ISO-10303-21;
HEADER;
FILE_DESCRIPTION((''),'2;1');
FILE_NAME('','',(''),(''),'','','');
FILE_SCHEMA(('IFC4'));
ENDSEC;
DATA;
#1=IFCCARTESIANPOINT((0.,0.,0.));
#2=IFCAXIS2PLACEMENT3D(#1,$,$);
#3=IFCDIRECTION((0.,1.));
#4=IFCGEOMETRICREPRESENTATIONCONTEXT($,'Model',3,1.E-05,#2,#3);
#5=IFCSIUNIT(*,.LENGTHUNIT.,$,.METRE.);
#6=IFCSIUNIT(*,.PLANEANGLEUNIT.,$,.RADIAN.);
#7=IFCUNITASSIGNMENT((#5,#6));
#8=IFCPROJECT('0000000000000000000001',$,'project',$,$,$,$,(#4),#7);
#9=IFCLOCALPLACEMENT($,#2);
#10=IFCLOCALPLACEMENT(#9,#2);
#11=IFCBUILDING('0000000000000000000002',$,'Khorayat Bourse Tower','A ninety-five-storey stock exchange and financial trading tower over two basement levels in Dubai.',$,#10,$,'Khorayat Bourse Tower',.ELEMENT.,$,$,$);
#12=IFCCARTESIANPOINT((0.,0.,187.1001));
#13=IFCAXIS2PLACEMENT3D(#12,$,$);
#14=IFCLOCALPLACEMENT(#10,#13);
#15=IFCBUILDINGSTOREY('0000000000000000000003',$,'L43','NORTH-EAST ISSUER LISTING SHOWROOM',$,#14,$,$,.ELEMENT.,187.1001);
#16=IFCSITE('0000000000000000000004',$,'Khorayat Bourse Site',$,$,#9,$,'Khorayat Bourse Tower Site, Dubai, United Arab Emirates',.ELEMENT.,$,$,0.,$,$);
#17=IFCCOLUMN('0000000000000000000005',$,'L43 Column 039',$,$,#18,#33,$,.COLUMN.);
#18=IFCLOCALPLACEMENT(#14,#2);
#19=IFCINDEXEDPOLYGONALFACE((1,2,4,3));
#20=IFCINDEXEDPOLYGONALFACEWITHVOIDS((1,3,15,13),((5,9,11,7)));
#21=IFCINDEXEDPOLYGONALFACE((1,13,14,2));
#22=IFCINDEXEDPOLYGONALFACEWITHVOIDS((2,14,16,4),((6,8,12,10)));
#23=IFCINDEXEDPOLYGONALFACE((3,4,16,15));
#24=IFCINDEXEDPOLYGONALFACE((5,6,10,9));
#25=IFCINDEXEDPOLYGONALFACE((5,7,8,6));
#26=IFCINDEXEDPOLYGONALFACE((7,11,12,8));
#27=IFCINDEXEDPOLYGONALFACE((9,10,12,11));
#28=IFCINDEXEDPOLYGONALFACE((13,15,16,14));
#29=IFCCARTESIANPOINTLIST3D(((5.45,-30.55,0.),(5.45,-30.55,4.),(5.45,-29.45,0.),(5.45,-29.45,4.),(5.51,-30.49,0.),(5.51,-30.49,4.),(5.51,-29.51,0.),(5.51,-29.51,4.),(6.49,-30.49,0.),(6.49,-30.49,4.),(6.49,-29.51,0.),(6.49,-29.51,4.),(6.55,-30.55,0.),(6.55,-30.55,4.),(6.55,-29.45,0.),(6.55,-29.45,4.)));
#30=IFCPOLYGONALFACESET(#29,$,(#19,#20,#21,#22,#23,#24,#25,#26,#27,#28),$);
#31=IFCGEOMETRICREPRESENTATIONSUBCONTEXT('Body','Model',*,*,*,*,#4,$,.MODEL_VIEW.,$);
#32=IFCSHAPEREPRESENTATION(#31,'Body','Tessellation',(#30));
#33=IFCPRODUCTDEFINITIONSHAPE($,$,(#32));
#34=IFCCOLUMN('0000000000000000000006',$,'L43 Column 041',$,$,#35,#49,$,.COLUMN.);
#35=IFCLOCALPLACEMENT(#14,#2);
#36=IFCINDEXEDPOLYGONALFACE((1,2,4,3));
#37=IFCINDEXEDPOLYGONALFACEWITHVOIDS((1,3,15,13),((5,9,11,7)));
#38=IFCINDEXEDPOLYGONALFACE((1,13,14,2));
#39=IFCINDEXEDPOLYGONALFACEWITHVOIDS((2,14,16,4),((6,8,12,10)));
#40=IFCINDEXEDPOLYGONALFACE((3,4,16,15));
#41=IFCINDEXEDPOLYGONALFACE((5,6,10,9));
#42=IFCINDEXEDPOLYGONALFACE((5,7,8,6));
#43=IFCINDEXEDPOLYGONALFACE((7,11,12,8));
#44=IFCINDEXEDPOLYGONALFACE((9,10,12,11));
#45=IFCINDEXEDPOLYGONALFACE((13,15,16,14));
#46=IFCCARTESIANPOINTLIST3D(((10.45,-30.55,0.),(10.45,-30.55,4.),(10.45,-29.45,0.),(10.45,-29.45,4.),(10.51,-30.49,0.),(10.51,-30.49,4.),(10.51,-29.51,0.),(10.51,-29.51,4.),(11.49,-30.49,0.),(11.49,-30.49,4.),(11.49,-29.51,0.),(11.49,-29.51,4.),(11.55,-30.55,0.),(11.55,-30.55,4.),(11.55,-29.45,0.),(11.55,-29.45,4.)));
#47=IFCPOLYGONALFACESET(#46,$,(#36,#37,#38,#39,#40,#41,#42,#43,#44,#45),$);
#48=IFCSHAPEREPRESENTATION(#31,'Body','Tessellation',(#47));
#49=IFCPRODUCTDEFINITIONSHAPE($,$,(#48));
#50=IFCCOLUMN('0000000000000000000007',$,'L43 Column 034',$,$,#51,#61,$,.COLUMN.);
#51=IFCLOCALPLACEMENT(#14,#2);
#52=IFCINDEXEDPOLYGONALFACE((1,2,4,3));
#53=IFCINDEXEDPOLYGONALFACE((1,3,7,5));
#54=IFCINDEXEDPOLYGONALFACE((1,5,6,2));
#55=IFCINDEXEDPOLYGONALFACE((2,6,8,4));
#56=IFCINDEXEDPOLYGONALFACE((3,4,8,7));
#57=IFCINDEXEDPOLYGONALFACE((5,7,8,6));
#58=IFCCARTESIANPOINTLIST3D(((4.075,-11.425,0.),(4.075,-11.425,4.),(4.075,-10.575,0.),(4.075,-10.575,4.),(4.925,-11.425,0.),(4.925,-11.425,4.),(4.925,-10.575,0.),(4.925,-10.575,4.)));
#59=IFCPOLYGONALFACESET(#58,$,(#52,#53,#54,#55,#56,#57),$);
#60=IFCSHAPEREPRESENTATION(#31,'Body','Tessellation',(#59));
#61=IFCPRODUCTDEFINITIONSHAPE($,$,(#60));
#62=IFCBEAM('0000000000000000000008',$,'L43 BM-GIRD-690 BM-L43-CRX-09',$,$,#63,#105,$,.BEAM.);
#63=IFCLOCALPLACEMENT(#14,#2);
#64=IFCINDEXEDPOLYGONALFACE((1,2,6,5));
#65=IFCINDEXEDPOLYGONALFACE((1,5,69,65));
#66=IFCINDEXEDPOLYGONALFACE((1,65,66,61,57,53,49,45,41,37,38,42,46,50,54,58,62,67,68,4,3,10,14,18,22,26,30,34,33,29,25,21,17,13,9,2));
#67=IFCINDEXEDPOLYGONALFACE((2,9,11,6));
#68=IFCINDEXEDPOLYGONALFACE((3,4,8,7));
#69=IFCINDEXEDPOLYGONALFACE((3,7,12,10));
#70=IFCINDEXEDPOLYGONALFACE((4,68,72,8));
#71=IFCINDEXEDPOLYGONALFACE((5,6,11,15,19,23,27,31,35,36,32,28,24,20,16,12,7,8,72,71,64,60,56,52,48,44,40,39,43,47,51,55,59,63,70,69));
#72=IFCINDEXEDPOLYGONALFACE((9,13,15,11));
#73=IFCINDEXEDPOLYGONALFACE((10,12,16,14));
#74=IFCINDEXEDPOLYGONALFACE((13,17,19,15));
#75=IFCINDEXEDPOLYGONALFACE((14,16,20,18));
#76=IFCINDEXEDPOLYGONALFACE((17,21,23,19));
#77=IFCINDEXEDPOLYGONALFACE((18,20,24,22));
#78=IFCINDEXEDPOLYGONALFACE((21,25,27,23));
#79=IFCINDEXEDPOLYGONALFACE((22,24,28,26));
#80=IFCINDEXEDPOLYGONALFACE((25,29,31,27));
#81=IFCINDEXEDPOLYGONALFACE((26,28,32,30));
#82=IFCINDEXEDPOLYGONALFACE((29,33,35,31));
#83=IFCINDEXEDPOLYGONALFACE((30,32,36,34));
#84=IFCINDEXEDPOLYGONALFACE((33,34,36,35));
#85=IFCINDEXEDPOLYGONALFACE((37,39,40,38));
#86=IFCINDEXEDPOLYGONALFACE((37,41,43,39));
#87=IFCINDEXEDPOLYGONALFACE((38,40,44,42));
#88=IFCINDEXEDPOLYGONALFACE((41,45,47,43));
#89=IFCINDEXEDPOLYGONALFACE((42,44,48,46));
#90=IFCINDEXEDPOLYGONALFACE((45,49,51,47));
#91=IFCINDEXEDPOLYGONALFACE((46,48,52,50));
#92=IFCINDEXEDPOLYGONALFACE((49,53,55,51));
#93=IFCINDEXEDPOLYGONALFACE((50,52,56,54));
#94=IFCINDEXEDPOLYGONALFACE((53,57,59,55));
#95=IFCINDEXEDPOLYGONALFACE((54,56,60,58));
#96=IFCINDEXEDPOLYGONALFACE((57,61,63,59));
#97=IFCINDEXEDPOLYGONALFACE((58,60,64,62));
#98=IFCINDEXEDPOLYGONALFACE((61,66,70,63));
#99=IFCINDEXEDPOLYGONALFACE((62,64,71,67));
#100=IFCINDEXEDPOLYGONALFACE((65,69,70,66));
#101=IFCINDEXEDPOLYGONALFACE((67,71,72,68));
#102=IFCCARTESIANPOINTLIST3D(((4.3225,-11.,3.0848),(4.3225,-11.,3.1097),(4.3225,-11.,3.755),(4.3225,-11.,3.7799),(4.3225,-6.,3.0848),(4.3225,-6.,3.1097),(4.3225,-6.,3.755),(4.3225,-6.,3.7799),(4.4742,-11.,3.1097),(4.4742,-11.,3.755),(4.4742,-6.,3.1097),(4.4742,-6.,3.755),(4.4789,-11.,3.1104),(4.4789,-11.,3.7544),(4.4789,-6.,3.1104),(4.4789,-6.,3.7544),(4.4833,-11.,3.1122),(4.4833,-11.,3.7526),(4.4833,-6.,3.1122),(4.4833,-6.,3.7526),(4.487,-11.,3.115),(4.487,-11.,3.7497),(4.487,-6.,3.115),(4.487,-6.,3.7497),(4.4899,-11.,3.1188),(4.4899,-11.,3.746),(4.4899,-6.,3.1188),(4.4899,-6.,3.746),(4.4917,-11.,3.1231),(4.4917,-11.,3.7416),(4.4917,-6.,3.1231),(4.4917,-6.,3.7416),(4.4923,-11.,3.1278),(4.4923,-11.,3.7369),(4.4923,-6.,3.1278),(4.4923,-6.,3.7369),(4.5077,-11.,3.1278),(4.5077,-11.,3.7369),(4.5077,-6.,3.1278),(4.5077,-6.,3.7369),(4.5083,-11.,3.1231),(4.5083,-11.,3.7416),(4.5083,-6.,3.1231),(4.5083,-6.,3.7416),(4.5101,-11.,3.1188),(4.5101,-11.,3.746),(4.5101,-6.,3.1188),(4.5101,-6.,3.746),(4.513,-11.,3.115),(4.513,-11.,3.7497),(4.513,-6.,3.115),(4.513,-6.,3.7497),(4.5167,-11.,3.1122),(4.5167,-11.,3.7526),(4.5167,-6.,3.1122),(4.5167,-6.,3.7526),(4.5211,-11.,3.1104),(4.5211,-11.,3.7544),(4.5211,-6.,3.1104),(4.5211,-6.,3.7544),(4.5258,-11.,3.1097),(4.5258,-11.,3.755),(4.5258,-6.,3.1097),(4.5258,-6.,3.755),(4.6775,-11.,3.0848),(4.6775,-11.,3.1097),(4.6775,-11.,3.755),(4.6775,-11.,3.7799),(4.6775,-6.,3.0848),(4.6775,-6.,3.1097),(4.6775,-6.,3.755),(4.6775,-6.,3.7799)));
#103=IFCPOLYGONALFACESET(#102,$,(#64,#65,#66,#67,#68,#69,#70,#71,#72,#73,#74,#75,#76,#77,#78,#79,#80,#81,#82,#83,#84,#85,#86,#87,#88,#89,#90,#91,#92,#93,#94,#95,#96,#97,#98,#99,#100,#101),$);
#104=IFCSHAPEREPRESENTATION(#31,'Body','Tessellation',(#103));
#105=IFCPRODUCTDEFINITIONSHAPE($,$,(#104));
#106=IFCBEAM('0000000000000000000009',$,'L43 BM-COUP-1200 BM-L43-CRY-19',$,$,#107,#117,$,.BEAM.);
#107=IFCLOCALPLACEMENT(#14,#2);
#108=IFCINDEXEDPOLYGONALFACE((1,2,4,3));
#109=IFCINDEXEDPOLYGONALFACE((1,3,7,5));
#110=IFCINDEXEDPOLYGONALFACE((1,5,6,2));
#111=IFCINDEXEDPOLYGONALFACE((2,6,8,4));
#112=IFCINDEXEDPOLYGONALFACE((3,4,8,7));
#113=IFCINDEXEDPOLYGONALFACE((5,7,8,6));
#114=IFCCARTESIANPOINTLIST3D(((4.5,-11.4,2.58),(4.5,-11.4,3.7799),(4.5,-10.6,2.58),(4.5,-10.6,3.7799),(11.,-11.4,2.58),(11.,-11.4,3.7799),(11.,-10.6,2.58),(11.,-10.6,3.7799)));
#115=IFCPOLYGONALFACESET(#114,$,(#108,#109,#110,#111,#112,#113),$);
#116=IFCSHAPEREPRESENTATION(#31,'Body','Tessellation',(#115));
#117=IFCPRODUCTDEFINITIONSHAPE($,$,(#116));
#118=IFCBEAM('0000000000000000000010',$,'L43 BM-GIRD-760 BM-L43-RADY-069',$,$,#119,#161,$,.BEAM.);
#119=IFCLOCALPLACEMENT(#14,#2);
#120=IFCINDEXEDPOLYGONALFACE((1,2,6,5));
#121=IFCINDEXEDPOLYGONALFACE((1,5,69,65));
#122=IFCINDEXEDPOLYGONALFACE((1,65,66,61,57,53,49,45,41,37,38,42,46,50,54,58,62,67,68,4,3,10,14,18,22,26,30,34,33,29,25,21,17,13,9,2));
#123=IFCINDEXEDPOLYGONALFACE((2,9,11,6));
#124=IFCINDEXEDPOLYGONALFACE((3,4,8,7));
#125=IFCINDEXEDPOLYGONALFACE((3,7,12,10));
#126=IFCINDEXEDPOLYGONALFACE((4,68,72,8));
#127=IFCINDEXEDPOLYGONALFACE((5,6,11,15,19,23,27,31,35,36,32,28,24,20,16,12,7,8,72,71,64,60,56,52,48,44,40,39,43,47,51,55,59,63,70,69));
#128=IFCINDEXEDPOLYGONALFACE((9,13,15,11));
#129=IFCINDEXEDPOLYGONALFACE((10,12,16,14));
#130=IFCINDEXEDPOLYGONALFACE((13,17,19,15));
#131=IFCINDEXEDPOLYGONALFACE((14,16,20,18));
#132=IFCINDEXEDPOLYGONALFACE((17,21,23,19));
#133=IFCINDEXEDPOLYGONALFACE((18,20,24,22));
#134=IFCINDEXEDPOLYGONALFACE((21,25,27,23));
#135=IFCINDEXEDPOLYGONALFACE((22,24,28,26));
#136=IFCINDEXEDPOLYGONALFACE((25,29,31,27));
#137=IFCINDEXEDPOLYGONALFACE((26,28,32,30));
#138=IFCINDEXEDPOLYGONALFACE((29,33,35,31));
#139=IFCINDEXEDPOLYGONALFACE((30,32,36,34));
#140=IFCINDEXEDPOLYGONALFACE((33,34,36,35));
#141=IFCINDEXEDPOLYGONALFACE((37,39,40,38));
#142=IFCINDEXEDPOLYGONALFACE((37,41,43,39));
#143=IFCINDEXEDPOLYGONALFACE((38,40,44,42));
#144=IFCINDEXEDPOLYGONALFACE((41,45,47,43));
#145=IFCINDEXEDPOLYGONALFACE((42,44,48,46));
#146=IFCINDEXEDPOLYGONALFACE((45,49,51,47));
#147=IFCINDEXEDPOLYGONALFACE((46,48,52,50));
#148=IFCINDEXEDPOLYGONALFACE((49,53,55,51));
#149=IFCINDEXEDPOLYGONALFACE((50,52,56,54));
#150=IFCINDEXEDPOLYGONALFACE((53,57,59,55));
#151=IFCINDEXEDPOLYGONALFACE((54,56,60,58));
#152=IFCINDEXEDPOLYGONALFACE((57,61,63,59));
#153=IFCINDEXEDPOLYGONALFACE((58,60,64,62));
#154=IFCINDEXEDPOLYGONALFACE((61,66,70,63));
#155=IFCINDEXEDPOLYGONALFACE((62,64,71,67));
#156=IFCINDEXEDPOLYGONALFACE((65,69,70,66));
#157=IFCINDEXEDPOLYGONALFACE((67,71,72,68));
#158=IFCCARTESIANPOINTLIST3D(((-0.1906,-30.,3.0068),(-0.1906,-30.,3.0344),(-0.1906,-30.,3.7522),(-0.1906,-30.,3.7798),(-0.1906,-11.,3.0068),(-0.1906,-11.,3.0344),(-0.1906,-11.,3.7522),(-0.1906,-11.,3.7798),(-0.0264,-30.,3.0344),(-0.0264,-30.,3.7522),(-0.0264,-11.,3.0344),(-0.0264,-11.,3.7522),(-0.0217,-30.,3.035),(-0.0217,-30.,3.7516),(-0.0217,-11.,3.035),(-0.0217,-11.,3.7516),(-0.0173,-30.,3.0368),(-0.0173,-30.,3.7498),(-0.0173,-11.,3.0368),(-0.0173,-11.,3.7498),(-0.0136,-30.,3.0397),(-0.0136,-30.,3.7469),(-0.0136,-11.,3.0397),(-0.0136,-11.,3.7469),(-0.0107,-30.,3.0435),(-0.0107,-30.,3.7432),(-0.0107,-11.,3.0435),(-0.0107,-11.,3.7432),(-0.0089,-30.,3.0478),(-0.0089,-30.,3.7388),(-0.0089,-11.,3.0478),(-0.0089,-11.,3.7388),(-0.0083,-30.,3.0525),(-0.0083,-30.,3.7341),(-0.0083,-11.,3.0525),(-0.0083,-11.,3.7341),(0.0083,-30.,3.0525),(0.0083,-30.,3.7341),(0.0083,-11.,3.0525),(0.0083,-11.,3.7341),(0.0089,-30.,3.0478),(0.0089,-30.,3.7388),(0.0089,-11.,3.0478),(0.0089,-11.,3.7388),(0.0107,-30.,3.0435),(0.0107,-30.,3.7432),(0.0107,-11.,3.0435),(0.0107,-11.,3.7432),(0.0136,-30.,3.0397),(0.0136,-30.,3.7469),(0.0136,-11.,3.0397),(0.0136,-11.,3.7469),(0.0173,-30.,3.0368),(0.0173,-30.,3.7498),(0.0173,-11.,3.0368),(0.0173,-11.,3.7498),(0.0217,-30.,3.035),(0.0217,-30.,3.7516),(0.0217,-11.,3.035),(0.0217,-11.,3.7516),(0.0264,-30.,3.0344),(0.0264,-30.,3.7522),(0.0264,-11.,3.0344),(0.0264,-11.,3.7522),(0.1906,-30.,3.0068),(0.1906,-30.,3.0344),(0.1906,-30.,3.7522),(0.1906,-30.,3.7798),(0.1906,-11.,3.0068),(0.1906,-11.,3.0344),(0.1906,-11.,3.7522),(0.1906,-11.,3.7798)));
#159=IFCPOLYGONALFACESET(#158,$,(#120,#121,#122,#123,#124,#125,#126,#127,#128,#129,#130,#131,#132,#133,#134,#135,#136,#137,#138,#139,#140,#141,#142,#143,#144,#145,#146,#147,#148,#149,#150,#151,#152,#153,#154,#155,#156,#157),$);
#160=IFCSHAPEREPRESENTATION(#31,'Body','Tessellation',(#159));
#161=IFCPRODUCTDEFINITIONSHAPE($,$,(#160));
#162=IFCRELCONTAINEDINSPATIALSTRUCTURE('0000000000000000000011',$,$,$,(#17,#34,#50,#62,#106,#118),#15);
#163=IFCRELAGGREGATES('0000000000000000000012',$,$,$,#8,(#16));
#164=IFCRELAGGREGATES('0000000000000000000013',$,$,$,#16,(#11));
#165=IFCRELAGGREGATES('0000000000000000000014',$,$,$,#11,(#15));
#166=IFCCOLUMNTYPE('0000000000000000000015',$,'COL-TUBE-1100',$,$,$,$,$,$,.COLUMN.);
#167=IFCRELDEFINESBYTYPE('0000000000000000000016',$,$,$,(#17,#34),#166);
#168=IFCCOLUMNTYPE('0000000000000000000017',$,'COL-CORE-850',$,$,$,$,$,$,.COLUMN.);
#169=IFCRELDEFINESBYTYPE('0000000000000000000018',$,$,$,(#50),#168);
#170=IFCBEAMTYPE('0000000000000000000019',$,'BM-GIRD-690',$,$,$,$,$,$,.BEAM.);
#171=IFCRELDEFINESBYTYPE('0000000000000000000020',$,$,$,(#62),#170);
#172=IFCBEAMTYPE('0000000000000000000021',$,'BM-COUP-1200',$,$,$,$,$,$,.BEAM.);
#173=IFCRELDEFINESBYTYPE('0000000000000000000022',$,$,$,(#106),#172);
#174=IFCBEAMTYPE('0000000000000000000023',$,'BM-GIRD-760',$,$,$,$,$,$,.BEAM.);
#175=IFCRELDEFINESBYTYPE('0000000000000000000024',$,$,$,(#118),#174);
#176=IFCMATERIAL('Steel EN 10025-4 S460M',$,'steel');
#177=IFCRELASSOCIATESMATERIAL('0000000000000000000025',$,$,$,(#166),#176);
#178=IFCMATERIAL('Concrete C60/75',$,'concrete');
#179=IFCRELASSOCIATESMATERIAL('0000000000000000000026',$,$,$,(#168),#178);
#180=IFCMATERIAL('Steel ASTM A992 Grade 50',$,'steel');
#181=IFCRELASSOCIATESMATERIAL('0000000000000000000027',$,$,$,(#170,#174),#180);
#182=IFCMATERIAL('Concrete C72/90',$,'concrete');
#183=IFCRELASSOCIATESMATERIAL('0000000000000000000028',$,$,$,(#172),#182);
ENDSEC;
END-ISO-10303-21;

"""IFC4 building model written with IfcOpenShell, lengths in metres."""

from ifc_helpers import new_model, si_unit, direction, frame, origin, origin_2d, place, context, subcontext, project, spatial, rectangle, hollow_rectangle, i_section, extrude, source, transform, mapped, material, material_profile, profile_set, type_object, element, save


model = new_model("IFC4")

# Units and contexts
model_context = context("Model", 3, precision=1e-05, world=origin(), true_north=direction((0.0, 1.0)))
body_context = subcontext(model_context, "Body", "Model", "MODEL_VIEW")
ifc_project = project(units=[si_unit("LENGTHUNIT", "METRE"), si_unit("PLANEANGLEUNIT", "RADIAN")], contexts=[model_context])

# Site, building, storey
site_placement = place(None, origin())
site = spatial("IfcSite", under=ifc_project, at=site_placement, Name="Khorayat Bourse Site", LongName="Khorayat Bourse Tower Site, Dubai, United Arab Emirates", CompositionType="ELEMENT", RefElevation=0.0)
building_placement = place(site_placement, origin())
building = spatial("IfcBuilding", under=site, at=building_placement, Name="Khorayat Bourse Tower", Description="A ninety-five-storey stock exchange and financial trading tower over two basement levels in Dubai.", LongName="Khorayat Bourse Tower", CompositionType="ELEMENT")
storey_placement = place(building_placement, frame((0.0, 0.0, 187.1001)))
storey = spatial("IfcBuildingStorey", under=building, at=storey_placement, Name="L43", Description="NORTH-EAST ISSUER LISTING SHOWROOM", CompositionType="ELEMENT", Elevation=187.1001)

# Columns
ifc_material_1 = material(Name="Steel EN 10025-4 S460M", Category="steel")
ifc_material_profile_1 = material_profile(ifc_material_1, hollow_rectangle(XDim=1.1001, YDim=1.1001, WallThickness=0.0601, at=origin_2d()), Name="BOX 1100x1100x60")
ifc_profile_set_1 = profile_set([ifc_material_profile_1], Name="Steel EN 10025-4 S460M")
column_type_1 = type_object("IfcColumnType", Name="COL-TUBE-1100", PredefinedType="COLUMN", material=ifc_profile_set_1)
shared_shape_1 = source(origin(), body_context, "Body", "SweptSolid", [
    extrude(hollow_rectangle(XDim=1.1001, YDim=1.1001, WallThickness=0.0601, at=origin_2d()), origin(), (0.0, 0.0, 1.0), 4.0),
])
for number, where, z_axis, x_axis, name in (
    (1, (6.0, -30.0, 0.0), (0.0, 0.0, 1.0), (1.0, 0.0, 0.0), "L43 Column 039"),
    (2, (11.0, -30.0, 0.0), (0.0, 0.0, 1.0), (1.0, 0.0, 0.0), "L43 Column 041"),
):
    element("IfcColumn", number, at=place(storey_placement, frame(where, z_axis=z_axis, x_axis=x_axis)), inside=storey, type_object=column_type_1, Name=name, PredefinedType="COLUMN", context=body_context, shape_type="MappedRepresentation", body=[
        mapped(shared_shape_1, transform((0.0, 0.0, 0.0), scale=1.0)),
    ])
ifc_material_2 = material(Name="Concrete C60/75", Category="concrete")
ifc_material_profile_2 = material_profile(ifc_material_2, rectangle(XDim=0.8501, YDim=0.8501, at=origin_2d()), Name="RC 850x850")
ifc_profile_set_2 = profile_set([ifc_material_profile_2], Name="Concrete C60/75")
column_type_2 = type_object("IfcColumnType", Name="COL-CORE-850", PredefinedType="COLUMN", material=ifc_profile_set_2)
shared_shape_2 = source(origin(), body_context, "Body", "SweptSolid", [
    extrude(rectangle(XDim=0.8501, YDim=0.8501, at=origin_2d()), origin(), (0.0, 0.0, 1.0), 4.0),
])
column_placement = place(storey_placement, frame((4.5, -11.0, 0.0), z_axis=(0.0, 0.0, 1.0), x_axis=(1.0, 0.0, 0.0)))
element("IfcColumn", 3, at=column_placement, inside=storey, type_object=column_type_2, Name="L43 Column 034", PredefinedType="COLUMN", context=body_context, shape_type="MappedRepresentation", body=[
    mapped(shared_shape_2, transform((0.0, 0.0, 0.0), scale=1.0)),
])

# Beams
ifc_material_3 = material(Name="Steel ASTM A992 Grade 50", Category="steel")
ifc_material_profile_3 = material_profile(ifc_material_3, i_section(OverallWidth=0.355, OverallDepth=0.6951, WebThickness=0.0154, FlangeThickness=0.0249, FilletRadius=0.0181, at=origin_2d()), Name="W690X217")
ifc_profile_set_3 = profile_set([ifc_material_profile_3], Name="Steel ASTM A992 Grade 50")
beam_type_1 = type_object("IfcBeamType", Name="BM-GIRD-690", PredefinedType="BEAM", material=ifc_profile_set_3)
shared_shape_3 = source(origin(), body_context, "Body", "SweptSolid", [
    extrude(i_section(OverallWidth=0.355, OverallDepth=0.6951, WebThickness=0.0154, FlangeThickness=0.0249, FilletRadius=0.0181, at=origin_2d()), origin(), (0.0, 0.0, 1.0), 5.0),
])
beam_1_placement = place(storey_placement, frame((4.5, -11.0, 3.4324), z_axis=(0.0, 1.0, 0.0), x_axis=(-1.0, 0.0, 0.0)))
element("IfcBeam", 4, at=beam_1_placement, inside=storey, type_object=beam_type_1, Name="L43 BM-GIRD-690 BM-L43-CRX-09", PredefinedType="BEAM", context=body_context, shape_type="MappedRepresentation", body=[
    mapped(shared_shape_3, transform((0.0, 0.0, 0.0), scale=1.0)),
])
ifc_material_4 = material(Name="Concrete C72/90", Category="concrete")
ifc_material_profile_4 = material_profile(ifc_material_4, rectangle(XDim=0.8, YDim=1.2, at=origin_2d()), Name="RC 800x1200")
ifc_profile_set_4 = profile_set([ifc_material_profile_4], Name="Concrete C72/90")
beam_type_2 = type_object("IfcBeamType", Name="BM-COUP-1200", PredefinedType="BEAM", material=ifc_profile_set_4)
shared_shape_4 = source(origin(), body_context, "Body", "SweptSolid", [
    extrude(rectangle(XDim=0.8, YDim=1.2, at=origin_2d()), origin(), (0.0, 0.0, 1.0), 6.5),
])
beam_2_placement = place(storey_placement, frame((4.5, -11.0, 3.1799), z_axis=(1.0, 0.0, 0.0), x_axis=(0.0, 1.0, 0.0)))
element("IfcBeam", 5, at=beam_2_placement, inside=storey, type_object=beam_type_2, Name="L43 BM-COUP-1200 BM-L43-CRY-19", PredefinedType="BEAM", context=body_context, shape_type="MappedRepresentation", body=[
    mapped(shared_shape_4, transform((0.0, 0.0, 0.0), scale=1.0)),
])
ifc_material_profile_5 = material_profile(ifc_material_3, i_section(OverallWidth=0.3811, OverallDepth=0.7729, WebThickness=0.0166, FlangeThickness=0.0276, FilletRadius=0.0181, at=origin_2d()), Name="W760X257")
ifc_profile_set_5 = profile_set([ifc_material_profile_5], Name="Steel ASTM A992 Grade 50")
beam_type_3 = type_object("IfcBeamType", Name="BM-GIRD-760", PredefinedType="BEAM", material=ifc_profile_set_5)
shared_shape_5 = source(origin(), body_context, "Body", "SweptSolid", [
    extrude(i_section(OverallWidth=0.3811, OverallDepth=0.7729, WebThickness=0.0166, FlangeThickness=0.0276, FilletRadius=0.0181, at=origin_2d()), origin(), (0.0, 0.0, 1.0), 19.0),
])
for number, where, z_axis, x_axis, name in (
    (6, (0.0, -30.0, 3.3933), (0.0, 1.0, 0.0), (-1.0, 0.0, 0.0), "L43 BM-GIRD-760 BM-L43-RADY-069"),
):
    element("IfcBeam", number, at=place(storey_placement, frame(where, z_axis=z_axis, x_axis=x_axis)), inside=storey, type_object=beam_type_3, Name=name, PredefinedType="BEAM", context=body_context, shape_type="MappedRepresentation", body=[
        mapped(shared_shape_5, transform((0.0, 0.0, 0.0), scale=1.0)),
    ])

save(model, "model.ifc")
